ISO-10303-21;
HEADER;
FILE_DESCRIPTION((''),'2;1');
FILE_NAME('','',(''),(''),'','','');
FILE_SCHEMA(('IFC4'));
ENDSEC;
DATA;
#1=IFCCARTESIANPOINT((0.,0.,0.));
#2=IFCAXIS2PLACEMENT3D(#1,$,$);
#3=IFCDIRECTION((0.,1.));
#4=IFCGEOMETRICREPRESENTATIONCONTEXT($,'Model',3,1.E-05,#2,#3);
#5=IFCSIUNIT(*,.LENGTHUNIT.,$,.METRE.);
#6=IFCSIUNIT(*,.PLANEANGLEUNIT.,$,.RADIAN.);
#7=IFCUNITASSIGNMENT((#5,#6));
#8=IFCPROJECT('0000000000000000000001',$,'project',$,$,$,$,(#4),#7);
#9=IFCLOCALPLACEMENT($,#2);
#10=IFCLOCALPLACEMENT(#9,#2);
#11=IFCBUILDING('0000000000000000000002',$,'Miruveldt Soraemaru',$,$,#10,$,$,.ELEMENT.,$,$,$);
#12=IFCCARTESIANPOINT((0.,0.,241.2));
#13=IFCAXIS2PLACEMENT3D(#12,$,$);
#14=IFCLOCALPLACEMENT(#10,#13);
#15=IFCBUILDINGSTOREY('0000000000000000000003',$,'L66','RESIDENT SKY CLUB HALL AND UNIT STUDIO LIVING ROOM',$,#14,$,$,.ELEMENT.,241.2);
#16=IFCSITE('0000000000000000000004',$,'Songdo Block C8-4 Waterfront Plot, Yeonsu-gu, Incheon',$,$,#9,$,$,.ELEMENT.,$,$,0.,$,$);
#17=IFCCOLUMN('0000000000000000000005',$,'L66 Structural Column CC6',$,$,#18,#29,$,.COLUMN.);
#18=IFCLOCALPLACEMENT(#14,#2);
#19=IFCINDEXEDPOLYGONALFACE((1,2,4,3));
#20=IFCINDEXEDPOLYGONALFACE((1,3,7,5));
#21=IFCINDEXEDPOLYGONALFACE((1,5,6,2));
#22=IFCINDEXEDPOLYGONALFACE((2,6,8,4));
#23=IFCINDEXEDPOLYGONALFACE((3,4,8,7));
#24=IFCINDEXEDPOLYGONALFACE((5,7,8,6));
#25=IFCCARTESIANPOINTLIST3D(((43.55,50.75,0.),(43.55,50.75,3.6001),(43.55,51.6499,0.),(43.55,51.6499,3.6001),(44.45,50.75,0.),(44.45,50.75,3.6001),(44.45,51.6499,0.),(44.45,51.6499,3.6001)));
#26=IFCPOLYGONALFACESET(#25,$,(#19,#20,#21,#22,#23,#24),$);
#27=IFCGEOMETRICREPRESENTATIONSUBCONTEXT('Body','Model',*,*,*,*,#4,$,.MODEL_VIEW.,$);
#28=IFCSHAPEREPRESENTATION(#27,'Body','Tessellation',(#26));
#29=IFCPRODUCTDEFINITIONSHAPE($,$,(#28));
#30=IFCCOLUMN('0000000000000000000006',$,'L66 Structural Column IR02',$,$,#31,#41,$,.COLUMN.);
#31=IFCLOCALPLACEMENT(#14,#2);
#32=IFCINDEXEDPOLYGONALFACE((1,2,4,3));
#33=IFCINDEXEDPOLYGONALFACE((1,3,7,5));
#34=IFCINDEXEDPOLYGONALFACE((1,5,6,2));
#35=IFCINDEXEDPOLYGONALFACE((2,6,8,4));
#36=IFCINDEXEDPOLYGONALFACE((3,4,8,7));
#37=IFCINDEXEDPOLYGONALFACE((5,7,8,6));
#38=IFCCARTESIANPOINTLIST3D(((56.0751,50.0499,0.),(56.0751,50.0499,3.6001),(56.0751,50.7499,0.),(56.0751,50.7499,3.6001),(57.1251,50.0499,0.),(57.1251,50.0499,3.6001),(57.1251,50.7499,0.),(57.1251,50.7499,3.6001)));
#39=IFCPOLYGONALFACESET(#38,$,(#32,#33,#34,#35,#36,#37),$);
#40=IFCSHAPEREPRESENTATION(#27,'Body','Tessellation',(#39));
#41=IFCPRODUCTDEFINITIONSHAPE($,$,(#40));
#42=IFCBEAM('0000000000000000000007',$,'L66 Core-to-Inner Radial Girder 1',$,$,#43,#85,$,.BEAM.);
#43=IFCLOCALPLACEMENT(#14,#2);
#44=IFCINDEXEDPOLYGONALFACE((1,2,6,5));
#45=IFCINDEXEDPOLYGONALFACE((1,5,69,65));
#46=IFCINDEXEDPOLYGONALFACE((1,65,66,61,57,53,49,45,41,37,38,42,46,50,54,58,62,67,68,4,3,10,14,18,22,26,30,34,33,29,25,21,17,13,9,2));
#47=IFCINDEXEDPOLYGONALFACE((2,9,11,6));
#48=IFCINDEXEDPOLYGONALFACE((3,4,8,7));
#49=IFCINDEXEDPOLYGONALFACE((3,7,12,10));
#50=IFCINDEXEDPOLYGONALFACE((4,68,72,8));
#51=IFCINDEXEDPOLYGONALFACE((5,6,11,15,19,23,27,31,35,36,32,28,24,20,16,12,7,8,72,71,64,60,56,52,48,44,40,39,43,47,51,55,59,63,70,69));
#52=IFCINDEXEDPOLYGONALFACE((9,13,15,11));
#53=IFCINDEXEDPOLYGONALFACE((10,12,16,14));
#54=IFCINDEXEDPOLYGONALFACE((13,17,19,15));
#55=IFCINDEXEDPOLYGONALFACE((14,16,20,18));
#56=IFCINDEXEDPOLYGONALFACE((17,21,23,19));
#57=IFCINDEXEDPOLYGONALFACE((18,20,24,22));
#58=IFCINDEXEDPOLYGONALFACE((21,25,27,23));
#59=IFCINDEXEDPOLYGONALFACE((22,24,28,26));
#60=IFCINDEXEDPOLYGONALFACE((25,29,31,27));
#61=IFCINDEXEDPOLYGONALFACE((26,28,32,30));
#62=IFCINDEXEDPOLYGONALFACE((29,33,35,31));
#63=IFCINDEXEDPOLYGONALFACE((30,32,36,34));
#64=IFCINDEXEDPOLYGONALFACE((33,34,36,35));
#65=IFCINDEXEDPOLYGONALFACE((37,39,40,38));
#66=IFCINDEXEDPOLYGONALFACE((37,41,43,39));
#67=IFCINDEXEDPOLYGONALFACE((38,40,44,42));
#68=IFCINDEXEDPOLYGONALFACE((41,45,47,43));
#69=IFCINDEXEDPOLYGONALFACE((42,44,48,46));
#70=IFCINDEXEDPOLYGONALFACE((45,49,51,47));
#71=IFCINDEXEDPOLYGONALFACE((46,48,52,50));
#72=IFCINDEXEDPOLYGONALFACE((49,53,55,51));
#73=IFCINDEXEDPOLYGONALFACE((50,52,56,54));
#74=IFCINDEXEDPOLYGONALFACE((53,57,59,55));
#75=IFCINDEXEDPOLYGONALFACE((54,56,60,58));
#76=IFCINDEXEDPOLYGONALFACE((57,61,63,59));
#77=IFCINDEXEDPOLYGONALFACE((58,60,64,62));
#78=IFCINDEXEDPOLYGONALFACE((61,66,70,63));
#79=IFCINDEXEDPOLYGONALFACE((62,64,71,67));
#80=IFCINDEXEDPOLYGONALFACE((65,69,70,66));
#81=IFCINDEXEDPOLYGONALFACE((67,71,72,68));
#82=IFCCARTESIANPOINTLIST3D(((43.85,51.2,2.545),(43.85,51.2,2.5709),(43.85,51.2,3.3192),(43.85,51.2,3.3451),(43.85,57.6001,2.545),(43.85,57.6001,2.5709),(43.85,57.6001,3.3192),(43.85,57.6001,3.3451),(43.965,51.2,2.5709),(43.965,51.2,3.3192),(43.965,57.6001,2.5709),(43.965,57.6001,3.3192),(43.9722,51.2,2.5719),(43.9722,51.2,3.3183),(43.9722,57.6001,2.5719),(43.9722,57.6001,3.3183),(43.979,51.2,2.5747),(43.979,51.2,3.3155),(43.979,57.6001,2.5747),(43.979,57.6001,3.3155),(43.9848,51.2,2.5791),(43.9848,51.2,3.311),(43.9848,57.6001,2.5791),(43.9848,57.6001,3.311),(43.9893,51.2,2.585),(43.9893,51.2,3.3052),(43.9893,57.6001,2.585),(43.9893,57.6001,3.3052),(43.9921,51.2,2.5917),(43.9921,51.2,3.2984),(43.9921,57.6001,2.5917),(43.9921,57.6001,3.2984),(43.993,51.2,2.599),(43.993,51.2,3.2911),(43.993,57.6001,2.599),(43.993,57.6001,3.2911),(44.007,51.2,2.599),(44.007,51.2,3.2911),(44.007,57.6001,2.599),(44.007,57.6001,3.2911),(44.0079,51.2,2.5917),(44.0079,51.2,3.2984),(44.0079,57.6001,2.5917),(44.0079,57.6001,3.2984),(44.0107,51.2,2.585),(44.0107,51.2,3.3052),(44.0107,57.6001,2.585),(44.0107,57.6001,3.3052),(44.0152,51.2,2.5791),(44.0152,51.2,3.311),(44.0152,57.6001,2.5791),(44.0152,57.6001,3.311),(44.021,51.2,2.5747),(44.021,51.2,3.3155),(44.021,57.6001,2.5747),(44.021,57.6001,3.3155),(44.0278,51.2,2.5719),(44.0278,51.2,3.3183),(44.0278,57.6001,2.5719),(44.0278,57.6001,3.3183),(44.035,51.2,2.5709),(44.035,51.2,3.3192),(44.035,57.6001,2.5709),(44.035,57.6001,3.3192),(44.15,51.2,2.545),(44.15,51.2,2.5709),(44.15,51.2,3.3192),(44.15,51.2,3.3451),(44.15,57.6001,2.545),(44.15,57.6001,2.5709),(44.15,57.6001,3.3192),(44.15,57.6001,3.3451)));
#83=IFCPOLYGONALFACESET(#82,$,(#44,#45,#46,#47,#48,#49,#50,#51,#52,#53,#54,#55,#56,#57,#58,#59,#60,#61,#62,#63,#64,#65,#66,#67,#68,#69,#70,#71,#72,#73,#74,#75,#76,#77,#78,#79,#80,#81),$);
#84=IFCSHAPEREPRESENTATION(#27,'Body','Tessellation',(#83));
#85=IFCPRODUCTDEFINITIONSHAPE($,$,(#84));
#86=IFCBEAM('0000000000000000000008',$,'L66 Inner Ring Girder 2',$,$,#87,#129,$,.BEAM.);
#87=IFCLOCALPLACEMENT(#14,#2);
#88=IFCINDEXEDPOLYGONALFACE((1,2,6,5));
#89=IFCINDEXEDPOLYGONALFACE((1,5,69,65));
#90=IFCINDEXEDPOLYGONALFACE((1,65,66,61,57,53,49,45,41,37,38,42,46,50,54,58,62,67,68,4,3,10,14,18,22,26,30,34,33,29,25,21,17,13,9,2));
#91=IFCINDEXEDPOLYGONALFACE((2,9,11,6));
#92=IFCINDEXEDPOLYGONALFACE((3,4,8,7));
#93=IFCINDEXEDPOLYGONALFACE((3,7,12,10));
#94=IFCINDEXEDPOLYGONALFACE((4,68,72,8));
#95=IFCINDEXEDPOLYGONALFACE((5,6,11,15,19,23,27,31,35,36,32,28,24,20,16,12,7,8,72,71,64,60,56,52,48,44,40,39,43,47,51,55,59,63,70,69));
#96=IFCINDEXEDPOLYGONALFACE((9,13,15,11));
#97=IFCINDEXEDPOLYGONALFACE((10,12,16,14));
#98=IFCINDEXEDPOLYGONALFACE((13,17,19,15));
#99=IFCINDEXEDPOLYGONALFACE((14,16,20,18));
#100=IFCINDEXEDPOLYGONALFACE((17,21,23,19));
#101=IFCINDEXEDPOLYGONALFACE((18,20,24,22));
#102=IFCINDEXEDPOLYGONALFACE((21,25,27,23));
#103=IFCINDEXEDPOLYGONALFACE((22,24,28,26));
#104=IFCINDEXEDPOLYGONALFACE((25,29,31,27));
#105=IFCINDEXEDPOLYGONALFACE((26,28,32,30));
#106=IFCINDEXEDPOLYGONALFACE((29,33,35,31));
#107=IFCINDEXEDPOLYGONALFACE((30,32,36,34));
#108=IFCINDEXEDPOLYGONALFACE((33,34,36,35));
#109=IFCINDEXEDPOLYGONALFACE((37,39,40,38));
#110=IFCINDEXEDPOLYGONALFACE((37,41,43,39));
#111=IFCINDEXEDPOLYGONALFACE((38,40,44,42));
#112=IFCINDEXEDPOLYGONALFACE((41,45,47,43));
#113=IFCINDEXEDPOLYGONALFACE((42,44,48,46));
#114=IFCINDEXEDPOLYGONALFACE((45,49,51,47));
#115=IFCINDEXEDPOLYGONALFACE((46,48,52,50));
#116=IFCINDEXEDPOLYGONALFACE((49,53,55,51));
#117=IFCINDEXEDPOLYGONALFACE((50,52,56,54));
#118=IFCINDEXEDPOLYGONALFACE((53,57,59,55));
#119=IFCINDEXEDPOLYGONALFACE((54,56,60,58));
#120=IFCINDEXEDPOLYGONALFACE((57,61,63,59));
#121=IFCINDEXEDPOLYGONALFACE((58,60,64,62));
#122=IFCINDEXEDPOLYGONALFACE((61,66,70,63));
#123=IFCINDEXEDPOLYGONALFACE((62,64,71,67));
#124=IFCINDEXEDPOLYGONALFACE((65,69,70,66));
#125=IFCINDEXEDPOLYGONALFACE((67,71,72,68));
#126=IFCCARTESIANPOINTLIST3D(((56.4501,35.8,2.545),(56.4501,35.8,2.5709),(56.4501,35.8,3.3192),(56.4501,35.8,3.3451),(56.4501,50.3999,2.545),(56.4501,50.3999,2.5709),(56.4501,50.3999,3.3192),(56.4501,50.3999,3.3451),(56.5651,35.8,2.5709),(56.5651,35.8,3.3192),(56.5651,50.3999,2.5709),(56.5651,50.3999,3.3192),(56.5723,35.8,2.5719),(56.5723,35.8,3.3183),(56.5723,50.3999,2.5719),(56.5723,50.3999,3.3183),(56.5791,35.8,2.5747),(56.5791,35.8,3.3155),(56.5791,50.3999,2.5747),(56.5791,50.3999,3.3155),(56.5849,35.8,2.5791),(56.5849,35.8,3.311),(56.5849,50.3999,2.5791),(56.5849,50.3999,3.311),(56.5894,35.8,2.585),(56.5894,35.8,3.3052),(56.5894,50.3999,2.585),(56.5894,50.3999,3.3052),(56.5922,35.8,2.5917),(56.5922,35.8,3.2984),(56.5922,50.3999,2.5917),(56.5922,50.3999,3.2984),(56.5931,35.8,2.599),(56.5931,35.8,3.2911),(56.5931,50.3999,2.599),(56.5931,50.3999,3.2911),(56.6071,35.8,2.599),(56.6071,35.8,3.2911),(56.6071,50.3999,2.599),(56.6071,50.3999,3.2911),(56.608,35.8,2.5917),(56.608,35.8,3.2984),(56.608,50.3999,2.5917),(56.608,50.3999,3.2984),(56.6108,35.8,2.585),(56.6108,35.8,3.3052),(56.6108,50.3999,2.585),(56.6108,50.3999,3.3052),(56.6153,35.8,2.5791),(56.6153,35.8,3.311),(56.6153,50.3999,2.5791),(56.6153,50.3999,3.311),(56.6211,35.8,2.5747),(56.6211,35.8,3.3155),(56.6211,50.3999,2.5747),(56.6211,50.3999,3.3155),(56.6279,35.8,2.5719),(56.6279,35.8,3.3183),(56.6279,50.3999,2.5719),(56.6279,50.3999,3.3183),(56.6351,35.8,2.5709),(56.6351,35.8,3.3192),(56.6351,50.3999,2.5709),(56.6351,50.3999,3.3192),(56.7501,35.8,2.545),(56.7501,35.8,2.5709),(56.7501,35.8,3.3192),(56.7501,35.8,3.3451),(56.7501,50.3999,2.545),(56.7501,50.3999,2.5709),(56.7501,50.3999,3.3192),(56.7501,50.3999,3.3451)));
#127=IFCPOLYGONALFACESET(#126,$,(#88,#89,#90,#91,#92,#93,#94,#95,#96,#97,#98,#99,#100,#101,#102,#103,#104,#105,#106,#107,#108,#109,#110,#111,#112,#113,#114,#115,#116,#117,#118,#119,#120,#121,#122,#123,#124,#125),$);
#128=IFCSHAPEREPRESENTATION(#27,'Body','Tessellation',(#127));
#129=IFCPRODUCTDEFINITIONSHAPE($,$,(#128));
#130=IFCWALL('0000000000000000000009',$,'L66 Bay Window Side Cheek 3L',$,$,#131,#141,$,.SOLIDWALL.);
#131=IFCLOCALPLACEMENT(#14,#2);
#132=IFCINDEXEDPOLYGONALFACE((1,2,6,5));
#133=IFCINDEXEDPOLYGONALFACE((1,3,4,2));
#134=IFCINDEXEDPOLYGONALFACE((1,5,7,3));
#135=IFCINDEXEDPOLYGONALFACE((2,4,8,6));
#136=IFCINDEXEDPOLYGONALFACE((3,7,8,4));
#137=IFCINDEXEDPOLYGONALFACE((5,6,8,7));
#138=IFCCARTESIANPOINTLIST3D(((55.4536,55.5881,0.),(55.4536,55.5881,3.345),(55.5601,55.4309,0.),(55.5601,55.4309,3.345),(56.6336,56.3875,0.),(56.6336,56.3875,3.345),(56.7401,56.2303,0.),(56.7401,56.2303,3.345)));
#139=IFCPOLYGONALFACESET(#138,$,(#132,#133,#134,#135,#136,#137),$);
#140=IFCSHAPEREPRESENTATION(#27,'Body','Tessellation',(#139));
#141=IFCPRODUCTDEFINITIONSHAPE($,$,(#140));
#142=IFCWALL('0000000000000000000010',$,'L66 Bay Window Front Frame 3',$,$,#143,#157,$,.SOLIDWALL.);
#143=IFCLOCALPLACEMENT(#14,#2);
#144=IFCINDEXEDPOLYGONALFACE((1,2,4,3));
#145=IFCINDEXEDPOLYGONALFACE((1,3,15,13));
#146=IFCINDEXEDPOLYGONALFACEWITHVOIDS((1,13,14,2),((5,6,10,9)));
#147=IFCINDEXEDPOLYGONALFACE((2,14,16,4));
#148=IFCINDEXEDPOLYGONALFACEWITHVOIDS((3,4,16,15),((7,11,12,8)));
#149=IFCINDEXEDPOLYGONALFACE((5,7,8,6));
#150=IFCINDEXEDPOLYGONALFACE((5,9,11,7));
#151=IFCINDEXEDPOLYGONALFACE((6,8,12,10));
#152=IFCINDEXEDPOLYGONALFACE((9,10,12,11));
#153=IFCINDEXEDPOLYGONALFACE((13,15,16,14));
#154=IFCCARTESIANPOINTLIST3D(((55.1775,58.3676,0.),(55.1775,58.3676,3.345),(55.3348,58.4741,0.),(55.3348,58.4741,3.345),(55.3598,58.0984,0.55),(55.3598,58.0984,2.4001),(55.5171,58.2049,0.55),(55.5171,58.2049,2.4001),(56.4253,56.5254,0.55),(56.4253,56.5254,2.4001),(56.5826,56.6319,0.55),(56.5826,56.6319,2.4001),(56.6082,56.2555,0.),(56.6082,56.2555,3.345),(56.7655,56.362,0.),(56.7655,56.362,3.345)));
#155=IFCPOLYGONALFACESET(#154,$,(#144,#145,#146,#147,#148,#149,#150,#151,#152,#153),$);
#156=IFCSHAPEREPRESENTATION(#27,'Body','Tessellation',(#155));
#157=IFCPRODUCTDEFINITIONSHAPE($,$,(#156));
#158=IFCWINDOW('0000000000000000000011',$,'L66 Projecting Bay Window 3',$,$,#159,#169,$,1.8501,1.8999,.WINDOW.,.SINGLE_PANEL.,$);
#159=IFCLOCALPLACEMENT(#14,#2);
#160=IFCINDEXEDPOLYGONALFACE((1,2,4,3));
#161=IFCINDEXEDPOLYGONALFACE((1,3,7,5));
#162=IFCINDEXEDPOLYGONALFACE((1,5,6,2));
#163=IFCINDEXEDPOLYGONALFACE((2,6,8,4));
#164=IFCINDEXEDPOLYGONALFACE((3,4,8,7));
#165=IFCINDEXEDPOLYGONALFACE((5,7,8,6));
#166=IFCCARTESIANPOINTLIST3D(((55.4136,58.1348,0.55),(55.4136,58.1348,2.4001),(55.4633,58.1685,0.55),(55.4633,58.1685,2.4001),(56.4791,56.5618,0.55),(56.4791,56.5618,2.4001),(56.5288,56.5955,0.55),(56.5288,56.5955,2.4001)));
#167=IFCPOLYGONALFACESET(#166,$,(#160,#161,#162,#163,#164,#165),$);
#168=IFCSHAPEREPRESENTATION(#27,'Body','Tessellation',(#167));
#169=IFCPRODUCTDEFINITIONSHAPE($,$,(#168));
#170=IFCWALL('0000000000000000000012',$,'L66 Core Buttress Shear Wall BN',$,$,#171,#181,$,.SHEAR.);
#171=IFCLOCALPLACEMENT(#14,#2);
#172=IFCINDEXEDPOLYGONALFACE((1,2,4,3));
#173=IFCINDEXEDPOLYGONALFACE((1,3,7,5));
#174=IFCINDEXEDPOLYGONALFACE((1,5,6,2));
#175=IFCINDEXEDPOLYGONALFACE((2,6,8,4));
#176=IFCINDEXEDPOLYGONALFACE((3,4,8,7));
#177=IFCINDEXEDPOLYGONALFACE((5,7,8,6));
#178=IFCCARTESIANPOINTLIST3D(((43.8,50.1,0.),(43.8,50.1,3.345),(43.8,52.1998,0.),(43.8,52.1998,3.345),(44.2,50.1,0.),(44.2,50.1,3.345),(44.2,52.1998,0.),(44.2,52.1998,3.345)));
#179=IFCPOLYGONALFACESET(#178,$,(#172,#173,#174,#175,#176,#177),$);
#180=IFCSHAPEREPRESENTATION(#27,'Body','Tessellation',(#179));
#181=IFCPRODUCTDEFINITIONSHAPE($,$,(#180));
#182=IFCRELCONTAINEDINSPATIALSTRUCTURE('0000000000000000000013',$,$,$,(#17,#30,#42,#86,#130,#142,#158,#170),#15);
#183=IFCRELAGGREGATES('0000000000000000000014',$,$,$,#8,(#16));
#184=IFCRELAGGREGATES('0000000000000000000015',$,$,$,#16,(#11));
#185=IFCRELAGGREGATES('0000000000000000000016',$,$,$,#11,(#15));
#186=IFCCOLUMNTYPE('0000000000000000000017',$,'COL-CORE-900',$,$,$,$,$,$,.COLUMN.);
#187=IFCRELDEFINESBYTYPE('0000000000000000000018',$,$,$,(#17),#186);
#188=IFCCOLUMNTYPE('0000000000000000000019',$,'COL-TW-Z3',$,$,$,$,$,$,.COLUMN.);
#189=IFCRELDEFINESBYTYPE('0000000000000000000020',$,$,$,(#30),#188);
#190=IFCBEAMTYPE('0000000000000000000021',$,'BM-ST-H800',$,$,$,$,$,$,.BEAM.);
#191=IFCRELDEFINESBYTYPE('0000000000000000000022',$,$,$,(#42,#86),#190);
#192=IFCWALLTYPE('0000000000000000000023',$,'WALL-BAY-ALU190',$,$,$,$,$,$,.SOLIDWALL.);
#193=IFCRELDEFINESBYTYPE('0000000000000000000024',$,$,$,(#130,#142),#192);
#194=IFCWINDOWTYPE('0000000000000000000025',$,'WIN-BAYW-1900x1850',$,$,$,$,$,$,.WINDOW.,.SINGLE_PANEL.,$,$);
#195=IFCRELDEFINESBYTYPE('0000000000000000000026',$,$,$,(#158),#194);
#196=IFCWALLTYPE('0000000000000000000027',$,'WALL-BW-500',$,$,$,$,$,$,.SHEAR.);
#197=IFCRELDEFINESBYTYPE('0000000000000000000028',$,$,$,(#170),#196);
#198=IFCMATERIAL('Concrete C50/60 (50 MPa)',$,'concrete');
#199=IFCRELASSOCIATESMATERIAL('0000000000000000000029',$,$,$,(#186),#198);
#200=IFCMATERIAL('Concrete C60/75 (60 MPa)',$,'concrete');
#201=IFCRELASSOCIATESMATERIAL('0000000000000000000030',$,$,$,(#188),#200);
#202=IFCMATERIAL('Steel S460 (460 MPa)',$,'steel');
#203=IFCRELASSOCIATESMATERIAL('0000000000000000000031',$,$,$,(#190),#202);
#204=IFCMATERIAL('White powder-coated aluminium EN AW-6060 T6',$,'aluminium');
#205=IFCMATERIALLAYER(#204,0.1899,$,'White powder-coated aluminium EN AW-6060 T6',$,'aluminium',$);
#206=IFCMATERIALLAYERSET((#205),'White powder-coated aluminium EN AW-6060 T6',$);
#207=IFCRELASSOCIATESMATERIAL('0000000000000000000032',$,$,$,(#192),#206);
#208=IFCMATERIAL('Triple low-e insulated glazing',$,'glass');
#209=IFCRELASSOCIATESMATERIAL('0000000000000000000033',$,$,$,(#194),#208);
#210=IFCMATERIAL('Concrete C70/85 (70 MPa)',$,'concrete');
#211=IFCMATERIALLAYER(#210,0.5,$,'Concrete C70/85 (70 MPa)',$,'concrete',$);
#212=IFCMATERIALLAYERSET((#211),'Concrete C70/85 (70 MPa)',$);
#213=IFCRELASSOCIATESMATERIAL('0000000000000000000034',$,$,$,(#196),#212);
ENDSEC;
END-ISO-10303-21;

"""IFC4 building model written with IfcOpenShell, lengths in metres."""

from ifc_helpers import new_model, si_unit, direction, frame, frame_2d, origin, origin_2d, place, context, subcontext, project, spatial, rectangle, i_section, extrude, material, layer, layer_set, material_profile, profile_set, type_object, element, fill, save


model = new_model("IFC4")

# Units and contexts
model_context = context("Model", 3, precision=1e-05, world=origin(), true_north=direction((0.0, 1.0)))
body_context = subcontext(model_context, "Body", "Model", "MODEL_VIEW")
ifc_project = project(units=[si_unit("LENGTHUNIT", "METRE"), si_unit("PLANEANGLEUNIT", "RADIAN")], contexts=[model_context])

# Site, building, storey
site_placement = place(None, origin())
site = spatial("IfcSite", under=ifc_project, at=site_placement, Name="Songdo Block C8-4 Waterfront Plot, Yeonsu-gu, Incheon", CompositionType="ELEMENT", RefElevation=0.0)
building_placement = place(site_placement, origin())
building = spatial("IfcBuilding", under=site, at=building_placement, Name="Miruveldt Soraemaru", CompositionType="ELEMENT")
storey_placement = place(building_placement, frame((0.0, 0.0, 241.2)))
storey = spatial("IfcBuildingStorey", under=building, at=storey_placement, Name="L66", Description="RESIDENT SKY CLUB HALL AND UNIT STUDIO LIVING ROOM", CompositionType="ELEMENT", Elevation=241.2)

# Columns
ifc_material_1 = material(Name="Concrete C50/60 (50 MPa)", Category="concrete")
ifc_material_profile_1 = material_profile(ifc_material_1, rectangle(XDim=0.8999, YDim=0.8999, at=origin_2d()), Name="Concrete C50/60 (50 MPa)", Category="concrete")
ifc_profile_set_1 = profile_set([ifc_material_profile_1], Name="Concrete C50/60 (50 MPa)")
column_type_1 = type_object("IfcColumnType", Name="COL-CORE-900", PredefinedType="COLUMN", material=ifc_profile_set_1)
column_1_placement = place(storey_placement, frame((44.0, 51.2, 0.0), z_axis=(0.0, 0.0, 1.0), x_axis=(1.0, 0.0, 0.0)))
element("IfcColumn", 1, at=column_1_placement, inside=storey, type_object=column_type_1, Name="L66 Structural Column CC6", PredefinedType="COLUMN", context=body_context, shape_type="SweptSolid", body=[
    extrude(rectangle(XDim=0.8999, YDim=0.8999, at=origin_2d()), origin(), (0.0, 0.0, 1.0), 3.6001),
])
ifc_material_2 = material(Name="Concrete C60/75 (60 MPa)", Category="concrete")
ifc_material_profile_2 = material_profile(ifc_material_2, rectangle(XDim=1.05, YDim=0.7, at=origin_2d()), Name="Concrete C60/75 (60 MPa)", Category="concrete")
ifc_profile_set_2 = profile_set([ifc_material_profile_2], Name="Concrete C60/75 (60 MPa)")
column_type_2 = type_object("IfcColumnType", Name="COL-TW-Z3", PredefinedType="COLUMN", material=ifc_profile_set_2)
column_2_placement = place(storey_placement, frame((56.6001, 50.3999, 0.0), z_axis=(0.0, 0.0, 1.0), x_axis=(1.0, 0.0, 0.0)))
element("IfcColumn", 2, at=column_2_placement, inside=storey, type_object=column_type_2, Name="L66 Structural Column IR02", PredefinedType="COLUMN", context=body_context, shape_type="SweptSolid", body=[
    extrude(rectangle(XDim=1.05, YDim=0.7, at=origin_2d()), origin(), (0.0, 0.0, 1.0), 3.6001),
])

# Beams
ifc_material_3 = material(Name="Steel S460 (460 MPa)", Category="steel")
ifc_material_profile_3 = material_profile(ifc_material_3, i_section(OverallWidth=0.3, OverallDepth=0.8, WebThickness=0.0139, FlangeThickness=0.0259, FilletRadius=0.0281, at=origin_2d()), Name="Steel S460 (460 MPa)", Category="steel")
ifc_profile_set_3 = profile_set([ifc_material_profile_3], Name="Steel S460 (460 MPa)")
beam_type = type_object("IfcBeamType", Name="BM-ST-H800", PredefinedType="BEAM", material=ifc_profile_set_3)
beam_1_placement = place(storey_placement, frame((44.0, 51.2, 2.9451), z_axis=(0.0, 1.0, 0.0), x_axis=(-1.0, 0.0, 0.0)))
element("IfcBeam", 3, at=beam_1_placement, inside=storey, type_object=beam_type, Name="L66 Core-to-Inner Radial Girder 1", PredefinedType="BEAM", context=body_context, shape_type="SweptSolid", body=[
    extrude(i_section(OverallWidth=0.3, OverallDepth=0.8, WebThickness=0.0139, FlangeThickness=0.0259, FilletRadius=0.0281, at=origin_2d()), origin(), (0.0, 0.0, 1.0), 6.4001),
])
beam_2_placement = place(storey_placement, frame((56.6001, 50.3999, 2.9451), z_axis=(0.0, -1.0, 0.0), x_axis=(1.0, 0.0, 0.0)))
element("IfcBeam", 4, at=beam_2_placement, inside=storey, type_object=beam_type, Name="L66 Inner Ring Girder 2", PredefinedType="BEAM", context=body_context, shape_type="SweptSolid", body=[
    extrude(i_section(OverallWidth=0.3, OverallDepth=0.8, WebThickness=0.0139, FlangeThickness=0.0259, FilletRadius=0.0281, at=origin_2d()), origin(), (0.0, 0.0, 1.0), 14.5999),
])

# Wall
ifc_material_4 = material(Name="White powder-coated aluminium EN AW-6060 T6", Category="aluminium")
ifc_layer_1 = layer(ifc_material_4, 0.1899, Name="White powder-coated aluminium EN AW-6060 T6", Category="aluminium")
ifc_layer_set_1 = layer_set([ifc_layer_1], Name="White powder-coated aluminium EN AW-6060 T6")
wall_type_1 = type_object("IfcWallType", Name="WALL-BAY-ALU190", PredefinedType="SOLIDWALL", material=ifc_layer_set_1)
wall_1_placement = place(storey_placement, frame((55.5068, 55.5095, 0.0), z_axis=(0.0, 0.0, 1.0), x_axis=(0.827916, 0.560852, 0.0)))
element("IfcWall", 5, at=wall_1_placement, inside=storey, type_object=wall_type_1, Name="L66 Bay Window Side Cheek 3L", PredefinedType="SOLIDWALL", context=body_context, shape_type="SweptSolid", body=[
    extrude(rectangle(XDim=1.4253, YDim=0.1899, at=frame_2d((0.7126, 0.0))), origin(), (0.0, 0.0, 1.0), 3.345),
])

# Wall, opening, window
wall_2_placement = place(storey_placement, frame((56.6868, 56.3088, 0.0), z_axis=(0.0, 0.0, 1.0), x_axis=(-0.560825, 0.827934, 0.0)))
wall_2 = element("IfcWall", 6, at=wall_2_placement, inside=storey, type_object=wall_type_1, Name="L66 Bay Window Front Frame 3", PredefinedType="SOLIDWALL", context=body_context, shape_type="SweptSolid", body=[
    extrude(rectangle(XDim=2.551, YDim=0.1899, at=frame_2d((1.2754, 0.0))), origin(), (0.0, 0.0, 1.0), 3.345),
])
opening_1_placement = place(wall_2_placement, frame((0.3259, 0.0, 0.55)))
opening_1 = element("IfcOpeningElement", 7, at=opening_1_placement, cuts=wall_2, PredefinedType="OPENING", context=body_context, shape_type="SweptSolid", body=[
    extrude(rectangle(XDim=1.8999, YDim=1.8501, at=frame_2d((0.95, 0.925))), frame((0.0, 0.105, 0.0), z_axis=(0.0, -1.0, 0.0), x_axis=(1.0, 0.0, 0.0)), (0.0, 0.0, 1.0), 0.21),
])
ifc_material_5 = material(Name="Triple low-e insulated glazing", Category="glass")
window_type_1 = type_object("IfcWindowType", Name="WIN-BAYW-1900x1850", PartitioningType="SINGLE_PANEL", PredefinedType="WINDOW", material=ifc_material_5)
window_1_placement = place(opening_1_placement, origin())
window_1 = element("IfcWindow", 8, at=window_1_placement, inside=storey, type_object=window_type_1, Name="L66 Projecting Bay Window 3", OverallHeight=1.8501, OverallWidth=1.8999, PartitioningType="SINGLE_PANEL", PredefinedType="WINDOW", context=body_context, shape_type="SweptSolid", body=[
    extrude(rectangle(XDim=1.8999, YDim=1.8501, at=frame_2d((0.95, 0.925))), frame((0.0, 0.03, 0.0), z_axis=(0.0, -1.0, 0.0), x_axis=(1.0, 0.0, 0.0)), (0.0, 0.0, 1.0), 0.0601),
])
fill(opening_1, window_1)

# Wall
ifc_material_6 = material(Name="Concrete C70/85 (70 MPa)", Category="concrete")
ifc_layer_2 = layer(ifc_material_6, 0.5, Name="Concrete C70/85 (70 MPa)", Category="concrete")
ifc_layer_set_2 = layer_set([ifc_layer_2], Name="Concrete C70/85 (70 MPa)")
wall_type_2 = type_object("IfcWallType", Name="WALL-BW-500", PredefinedType="SHEAR", material=ifc_layer_set_2)
wall_3_placement = place(storey_placement, frame((44.0, 50.1001, 0.0), z_axis=(0.0, 0.0, 1.0), x_axis=(0.0, 1.0, 0.0)))
element("IfcWall", 9, at=wall_3_placement, inside=storey, type_object=wall_type_2, Name="L66 Core Buttress Shear Wall BN", PredefinedType="SHEAR", context=body_context, shape_type="SweptSolid", body=[
    extrude(rectangle(XDim=2.0999, YDim=0.3999, at=frame_2d((1.0498, 0.0))), origin(), (0.0, 0.0, 1.0), 3.345),
])

save(model, "model.ifc")
